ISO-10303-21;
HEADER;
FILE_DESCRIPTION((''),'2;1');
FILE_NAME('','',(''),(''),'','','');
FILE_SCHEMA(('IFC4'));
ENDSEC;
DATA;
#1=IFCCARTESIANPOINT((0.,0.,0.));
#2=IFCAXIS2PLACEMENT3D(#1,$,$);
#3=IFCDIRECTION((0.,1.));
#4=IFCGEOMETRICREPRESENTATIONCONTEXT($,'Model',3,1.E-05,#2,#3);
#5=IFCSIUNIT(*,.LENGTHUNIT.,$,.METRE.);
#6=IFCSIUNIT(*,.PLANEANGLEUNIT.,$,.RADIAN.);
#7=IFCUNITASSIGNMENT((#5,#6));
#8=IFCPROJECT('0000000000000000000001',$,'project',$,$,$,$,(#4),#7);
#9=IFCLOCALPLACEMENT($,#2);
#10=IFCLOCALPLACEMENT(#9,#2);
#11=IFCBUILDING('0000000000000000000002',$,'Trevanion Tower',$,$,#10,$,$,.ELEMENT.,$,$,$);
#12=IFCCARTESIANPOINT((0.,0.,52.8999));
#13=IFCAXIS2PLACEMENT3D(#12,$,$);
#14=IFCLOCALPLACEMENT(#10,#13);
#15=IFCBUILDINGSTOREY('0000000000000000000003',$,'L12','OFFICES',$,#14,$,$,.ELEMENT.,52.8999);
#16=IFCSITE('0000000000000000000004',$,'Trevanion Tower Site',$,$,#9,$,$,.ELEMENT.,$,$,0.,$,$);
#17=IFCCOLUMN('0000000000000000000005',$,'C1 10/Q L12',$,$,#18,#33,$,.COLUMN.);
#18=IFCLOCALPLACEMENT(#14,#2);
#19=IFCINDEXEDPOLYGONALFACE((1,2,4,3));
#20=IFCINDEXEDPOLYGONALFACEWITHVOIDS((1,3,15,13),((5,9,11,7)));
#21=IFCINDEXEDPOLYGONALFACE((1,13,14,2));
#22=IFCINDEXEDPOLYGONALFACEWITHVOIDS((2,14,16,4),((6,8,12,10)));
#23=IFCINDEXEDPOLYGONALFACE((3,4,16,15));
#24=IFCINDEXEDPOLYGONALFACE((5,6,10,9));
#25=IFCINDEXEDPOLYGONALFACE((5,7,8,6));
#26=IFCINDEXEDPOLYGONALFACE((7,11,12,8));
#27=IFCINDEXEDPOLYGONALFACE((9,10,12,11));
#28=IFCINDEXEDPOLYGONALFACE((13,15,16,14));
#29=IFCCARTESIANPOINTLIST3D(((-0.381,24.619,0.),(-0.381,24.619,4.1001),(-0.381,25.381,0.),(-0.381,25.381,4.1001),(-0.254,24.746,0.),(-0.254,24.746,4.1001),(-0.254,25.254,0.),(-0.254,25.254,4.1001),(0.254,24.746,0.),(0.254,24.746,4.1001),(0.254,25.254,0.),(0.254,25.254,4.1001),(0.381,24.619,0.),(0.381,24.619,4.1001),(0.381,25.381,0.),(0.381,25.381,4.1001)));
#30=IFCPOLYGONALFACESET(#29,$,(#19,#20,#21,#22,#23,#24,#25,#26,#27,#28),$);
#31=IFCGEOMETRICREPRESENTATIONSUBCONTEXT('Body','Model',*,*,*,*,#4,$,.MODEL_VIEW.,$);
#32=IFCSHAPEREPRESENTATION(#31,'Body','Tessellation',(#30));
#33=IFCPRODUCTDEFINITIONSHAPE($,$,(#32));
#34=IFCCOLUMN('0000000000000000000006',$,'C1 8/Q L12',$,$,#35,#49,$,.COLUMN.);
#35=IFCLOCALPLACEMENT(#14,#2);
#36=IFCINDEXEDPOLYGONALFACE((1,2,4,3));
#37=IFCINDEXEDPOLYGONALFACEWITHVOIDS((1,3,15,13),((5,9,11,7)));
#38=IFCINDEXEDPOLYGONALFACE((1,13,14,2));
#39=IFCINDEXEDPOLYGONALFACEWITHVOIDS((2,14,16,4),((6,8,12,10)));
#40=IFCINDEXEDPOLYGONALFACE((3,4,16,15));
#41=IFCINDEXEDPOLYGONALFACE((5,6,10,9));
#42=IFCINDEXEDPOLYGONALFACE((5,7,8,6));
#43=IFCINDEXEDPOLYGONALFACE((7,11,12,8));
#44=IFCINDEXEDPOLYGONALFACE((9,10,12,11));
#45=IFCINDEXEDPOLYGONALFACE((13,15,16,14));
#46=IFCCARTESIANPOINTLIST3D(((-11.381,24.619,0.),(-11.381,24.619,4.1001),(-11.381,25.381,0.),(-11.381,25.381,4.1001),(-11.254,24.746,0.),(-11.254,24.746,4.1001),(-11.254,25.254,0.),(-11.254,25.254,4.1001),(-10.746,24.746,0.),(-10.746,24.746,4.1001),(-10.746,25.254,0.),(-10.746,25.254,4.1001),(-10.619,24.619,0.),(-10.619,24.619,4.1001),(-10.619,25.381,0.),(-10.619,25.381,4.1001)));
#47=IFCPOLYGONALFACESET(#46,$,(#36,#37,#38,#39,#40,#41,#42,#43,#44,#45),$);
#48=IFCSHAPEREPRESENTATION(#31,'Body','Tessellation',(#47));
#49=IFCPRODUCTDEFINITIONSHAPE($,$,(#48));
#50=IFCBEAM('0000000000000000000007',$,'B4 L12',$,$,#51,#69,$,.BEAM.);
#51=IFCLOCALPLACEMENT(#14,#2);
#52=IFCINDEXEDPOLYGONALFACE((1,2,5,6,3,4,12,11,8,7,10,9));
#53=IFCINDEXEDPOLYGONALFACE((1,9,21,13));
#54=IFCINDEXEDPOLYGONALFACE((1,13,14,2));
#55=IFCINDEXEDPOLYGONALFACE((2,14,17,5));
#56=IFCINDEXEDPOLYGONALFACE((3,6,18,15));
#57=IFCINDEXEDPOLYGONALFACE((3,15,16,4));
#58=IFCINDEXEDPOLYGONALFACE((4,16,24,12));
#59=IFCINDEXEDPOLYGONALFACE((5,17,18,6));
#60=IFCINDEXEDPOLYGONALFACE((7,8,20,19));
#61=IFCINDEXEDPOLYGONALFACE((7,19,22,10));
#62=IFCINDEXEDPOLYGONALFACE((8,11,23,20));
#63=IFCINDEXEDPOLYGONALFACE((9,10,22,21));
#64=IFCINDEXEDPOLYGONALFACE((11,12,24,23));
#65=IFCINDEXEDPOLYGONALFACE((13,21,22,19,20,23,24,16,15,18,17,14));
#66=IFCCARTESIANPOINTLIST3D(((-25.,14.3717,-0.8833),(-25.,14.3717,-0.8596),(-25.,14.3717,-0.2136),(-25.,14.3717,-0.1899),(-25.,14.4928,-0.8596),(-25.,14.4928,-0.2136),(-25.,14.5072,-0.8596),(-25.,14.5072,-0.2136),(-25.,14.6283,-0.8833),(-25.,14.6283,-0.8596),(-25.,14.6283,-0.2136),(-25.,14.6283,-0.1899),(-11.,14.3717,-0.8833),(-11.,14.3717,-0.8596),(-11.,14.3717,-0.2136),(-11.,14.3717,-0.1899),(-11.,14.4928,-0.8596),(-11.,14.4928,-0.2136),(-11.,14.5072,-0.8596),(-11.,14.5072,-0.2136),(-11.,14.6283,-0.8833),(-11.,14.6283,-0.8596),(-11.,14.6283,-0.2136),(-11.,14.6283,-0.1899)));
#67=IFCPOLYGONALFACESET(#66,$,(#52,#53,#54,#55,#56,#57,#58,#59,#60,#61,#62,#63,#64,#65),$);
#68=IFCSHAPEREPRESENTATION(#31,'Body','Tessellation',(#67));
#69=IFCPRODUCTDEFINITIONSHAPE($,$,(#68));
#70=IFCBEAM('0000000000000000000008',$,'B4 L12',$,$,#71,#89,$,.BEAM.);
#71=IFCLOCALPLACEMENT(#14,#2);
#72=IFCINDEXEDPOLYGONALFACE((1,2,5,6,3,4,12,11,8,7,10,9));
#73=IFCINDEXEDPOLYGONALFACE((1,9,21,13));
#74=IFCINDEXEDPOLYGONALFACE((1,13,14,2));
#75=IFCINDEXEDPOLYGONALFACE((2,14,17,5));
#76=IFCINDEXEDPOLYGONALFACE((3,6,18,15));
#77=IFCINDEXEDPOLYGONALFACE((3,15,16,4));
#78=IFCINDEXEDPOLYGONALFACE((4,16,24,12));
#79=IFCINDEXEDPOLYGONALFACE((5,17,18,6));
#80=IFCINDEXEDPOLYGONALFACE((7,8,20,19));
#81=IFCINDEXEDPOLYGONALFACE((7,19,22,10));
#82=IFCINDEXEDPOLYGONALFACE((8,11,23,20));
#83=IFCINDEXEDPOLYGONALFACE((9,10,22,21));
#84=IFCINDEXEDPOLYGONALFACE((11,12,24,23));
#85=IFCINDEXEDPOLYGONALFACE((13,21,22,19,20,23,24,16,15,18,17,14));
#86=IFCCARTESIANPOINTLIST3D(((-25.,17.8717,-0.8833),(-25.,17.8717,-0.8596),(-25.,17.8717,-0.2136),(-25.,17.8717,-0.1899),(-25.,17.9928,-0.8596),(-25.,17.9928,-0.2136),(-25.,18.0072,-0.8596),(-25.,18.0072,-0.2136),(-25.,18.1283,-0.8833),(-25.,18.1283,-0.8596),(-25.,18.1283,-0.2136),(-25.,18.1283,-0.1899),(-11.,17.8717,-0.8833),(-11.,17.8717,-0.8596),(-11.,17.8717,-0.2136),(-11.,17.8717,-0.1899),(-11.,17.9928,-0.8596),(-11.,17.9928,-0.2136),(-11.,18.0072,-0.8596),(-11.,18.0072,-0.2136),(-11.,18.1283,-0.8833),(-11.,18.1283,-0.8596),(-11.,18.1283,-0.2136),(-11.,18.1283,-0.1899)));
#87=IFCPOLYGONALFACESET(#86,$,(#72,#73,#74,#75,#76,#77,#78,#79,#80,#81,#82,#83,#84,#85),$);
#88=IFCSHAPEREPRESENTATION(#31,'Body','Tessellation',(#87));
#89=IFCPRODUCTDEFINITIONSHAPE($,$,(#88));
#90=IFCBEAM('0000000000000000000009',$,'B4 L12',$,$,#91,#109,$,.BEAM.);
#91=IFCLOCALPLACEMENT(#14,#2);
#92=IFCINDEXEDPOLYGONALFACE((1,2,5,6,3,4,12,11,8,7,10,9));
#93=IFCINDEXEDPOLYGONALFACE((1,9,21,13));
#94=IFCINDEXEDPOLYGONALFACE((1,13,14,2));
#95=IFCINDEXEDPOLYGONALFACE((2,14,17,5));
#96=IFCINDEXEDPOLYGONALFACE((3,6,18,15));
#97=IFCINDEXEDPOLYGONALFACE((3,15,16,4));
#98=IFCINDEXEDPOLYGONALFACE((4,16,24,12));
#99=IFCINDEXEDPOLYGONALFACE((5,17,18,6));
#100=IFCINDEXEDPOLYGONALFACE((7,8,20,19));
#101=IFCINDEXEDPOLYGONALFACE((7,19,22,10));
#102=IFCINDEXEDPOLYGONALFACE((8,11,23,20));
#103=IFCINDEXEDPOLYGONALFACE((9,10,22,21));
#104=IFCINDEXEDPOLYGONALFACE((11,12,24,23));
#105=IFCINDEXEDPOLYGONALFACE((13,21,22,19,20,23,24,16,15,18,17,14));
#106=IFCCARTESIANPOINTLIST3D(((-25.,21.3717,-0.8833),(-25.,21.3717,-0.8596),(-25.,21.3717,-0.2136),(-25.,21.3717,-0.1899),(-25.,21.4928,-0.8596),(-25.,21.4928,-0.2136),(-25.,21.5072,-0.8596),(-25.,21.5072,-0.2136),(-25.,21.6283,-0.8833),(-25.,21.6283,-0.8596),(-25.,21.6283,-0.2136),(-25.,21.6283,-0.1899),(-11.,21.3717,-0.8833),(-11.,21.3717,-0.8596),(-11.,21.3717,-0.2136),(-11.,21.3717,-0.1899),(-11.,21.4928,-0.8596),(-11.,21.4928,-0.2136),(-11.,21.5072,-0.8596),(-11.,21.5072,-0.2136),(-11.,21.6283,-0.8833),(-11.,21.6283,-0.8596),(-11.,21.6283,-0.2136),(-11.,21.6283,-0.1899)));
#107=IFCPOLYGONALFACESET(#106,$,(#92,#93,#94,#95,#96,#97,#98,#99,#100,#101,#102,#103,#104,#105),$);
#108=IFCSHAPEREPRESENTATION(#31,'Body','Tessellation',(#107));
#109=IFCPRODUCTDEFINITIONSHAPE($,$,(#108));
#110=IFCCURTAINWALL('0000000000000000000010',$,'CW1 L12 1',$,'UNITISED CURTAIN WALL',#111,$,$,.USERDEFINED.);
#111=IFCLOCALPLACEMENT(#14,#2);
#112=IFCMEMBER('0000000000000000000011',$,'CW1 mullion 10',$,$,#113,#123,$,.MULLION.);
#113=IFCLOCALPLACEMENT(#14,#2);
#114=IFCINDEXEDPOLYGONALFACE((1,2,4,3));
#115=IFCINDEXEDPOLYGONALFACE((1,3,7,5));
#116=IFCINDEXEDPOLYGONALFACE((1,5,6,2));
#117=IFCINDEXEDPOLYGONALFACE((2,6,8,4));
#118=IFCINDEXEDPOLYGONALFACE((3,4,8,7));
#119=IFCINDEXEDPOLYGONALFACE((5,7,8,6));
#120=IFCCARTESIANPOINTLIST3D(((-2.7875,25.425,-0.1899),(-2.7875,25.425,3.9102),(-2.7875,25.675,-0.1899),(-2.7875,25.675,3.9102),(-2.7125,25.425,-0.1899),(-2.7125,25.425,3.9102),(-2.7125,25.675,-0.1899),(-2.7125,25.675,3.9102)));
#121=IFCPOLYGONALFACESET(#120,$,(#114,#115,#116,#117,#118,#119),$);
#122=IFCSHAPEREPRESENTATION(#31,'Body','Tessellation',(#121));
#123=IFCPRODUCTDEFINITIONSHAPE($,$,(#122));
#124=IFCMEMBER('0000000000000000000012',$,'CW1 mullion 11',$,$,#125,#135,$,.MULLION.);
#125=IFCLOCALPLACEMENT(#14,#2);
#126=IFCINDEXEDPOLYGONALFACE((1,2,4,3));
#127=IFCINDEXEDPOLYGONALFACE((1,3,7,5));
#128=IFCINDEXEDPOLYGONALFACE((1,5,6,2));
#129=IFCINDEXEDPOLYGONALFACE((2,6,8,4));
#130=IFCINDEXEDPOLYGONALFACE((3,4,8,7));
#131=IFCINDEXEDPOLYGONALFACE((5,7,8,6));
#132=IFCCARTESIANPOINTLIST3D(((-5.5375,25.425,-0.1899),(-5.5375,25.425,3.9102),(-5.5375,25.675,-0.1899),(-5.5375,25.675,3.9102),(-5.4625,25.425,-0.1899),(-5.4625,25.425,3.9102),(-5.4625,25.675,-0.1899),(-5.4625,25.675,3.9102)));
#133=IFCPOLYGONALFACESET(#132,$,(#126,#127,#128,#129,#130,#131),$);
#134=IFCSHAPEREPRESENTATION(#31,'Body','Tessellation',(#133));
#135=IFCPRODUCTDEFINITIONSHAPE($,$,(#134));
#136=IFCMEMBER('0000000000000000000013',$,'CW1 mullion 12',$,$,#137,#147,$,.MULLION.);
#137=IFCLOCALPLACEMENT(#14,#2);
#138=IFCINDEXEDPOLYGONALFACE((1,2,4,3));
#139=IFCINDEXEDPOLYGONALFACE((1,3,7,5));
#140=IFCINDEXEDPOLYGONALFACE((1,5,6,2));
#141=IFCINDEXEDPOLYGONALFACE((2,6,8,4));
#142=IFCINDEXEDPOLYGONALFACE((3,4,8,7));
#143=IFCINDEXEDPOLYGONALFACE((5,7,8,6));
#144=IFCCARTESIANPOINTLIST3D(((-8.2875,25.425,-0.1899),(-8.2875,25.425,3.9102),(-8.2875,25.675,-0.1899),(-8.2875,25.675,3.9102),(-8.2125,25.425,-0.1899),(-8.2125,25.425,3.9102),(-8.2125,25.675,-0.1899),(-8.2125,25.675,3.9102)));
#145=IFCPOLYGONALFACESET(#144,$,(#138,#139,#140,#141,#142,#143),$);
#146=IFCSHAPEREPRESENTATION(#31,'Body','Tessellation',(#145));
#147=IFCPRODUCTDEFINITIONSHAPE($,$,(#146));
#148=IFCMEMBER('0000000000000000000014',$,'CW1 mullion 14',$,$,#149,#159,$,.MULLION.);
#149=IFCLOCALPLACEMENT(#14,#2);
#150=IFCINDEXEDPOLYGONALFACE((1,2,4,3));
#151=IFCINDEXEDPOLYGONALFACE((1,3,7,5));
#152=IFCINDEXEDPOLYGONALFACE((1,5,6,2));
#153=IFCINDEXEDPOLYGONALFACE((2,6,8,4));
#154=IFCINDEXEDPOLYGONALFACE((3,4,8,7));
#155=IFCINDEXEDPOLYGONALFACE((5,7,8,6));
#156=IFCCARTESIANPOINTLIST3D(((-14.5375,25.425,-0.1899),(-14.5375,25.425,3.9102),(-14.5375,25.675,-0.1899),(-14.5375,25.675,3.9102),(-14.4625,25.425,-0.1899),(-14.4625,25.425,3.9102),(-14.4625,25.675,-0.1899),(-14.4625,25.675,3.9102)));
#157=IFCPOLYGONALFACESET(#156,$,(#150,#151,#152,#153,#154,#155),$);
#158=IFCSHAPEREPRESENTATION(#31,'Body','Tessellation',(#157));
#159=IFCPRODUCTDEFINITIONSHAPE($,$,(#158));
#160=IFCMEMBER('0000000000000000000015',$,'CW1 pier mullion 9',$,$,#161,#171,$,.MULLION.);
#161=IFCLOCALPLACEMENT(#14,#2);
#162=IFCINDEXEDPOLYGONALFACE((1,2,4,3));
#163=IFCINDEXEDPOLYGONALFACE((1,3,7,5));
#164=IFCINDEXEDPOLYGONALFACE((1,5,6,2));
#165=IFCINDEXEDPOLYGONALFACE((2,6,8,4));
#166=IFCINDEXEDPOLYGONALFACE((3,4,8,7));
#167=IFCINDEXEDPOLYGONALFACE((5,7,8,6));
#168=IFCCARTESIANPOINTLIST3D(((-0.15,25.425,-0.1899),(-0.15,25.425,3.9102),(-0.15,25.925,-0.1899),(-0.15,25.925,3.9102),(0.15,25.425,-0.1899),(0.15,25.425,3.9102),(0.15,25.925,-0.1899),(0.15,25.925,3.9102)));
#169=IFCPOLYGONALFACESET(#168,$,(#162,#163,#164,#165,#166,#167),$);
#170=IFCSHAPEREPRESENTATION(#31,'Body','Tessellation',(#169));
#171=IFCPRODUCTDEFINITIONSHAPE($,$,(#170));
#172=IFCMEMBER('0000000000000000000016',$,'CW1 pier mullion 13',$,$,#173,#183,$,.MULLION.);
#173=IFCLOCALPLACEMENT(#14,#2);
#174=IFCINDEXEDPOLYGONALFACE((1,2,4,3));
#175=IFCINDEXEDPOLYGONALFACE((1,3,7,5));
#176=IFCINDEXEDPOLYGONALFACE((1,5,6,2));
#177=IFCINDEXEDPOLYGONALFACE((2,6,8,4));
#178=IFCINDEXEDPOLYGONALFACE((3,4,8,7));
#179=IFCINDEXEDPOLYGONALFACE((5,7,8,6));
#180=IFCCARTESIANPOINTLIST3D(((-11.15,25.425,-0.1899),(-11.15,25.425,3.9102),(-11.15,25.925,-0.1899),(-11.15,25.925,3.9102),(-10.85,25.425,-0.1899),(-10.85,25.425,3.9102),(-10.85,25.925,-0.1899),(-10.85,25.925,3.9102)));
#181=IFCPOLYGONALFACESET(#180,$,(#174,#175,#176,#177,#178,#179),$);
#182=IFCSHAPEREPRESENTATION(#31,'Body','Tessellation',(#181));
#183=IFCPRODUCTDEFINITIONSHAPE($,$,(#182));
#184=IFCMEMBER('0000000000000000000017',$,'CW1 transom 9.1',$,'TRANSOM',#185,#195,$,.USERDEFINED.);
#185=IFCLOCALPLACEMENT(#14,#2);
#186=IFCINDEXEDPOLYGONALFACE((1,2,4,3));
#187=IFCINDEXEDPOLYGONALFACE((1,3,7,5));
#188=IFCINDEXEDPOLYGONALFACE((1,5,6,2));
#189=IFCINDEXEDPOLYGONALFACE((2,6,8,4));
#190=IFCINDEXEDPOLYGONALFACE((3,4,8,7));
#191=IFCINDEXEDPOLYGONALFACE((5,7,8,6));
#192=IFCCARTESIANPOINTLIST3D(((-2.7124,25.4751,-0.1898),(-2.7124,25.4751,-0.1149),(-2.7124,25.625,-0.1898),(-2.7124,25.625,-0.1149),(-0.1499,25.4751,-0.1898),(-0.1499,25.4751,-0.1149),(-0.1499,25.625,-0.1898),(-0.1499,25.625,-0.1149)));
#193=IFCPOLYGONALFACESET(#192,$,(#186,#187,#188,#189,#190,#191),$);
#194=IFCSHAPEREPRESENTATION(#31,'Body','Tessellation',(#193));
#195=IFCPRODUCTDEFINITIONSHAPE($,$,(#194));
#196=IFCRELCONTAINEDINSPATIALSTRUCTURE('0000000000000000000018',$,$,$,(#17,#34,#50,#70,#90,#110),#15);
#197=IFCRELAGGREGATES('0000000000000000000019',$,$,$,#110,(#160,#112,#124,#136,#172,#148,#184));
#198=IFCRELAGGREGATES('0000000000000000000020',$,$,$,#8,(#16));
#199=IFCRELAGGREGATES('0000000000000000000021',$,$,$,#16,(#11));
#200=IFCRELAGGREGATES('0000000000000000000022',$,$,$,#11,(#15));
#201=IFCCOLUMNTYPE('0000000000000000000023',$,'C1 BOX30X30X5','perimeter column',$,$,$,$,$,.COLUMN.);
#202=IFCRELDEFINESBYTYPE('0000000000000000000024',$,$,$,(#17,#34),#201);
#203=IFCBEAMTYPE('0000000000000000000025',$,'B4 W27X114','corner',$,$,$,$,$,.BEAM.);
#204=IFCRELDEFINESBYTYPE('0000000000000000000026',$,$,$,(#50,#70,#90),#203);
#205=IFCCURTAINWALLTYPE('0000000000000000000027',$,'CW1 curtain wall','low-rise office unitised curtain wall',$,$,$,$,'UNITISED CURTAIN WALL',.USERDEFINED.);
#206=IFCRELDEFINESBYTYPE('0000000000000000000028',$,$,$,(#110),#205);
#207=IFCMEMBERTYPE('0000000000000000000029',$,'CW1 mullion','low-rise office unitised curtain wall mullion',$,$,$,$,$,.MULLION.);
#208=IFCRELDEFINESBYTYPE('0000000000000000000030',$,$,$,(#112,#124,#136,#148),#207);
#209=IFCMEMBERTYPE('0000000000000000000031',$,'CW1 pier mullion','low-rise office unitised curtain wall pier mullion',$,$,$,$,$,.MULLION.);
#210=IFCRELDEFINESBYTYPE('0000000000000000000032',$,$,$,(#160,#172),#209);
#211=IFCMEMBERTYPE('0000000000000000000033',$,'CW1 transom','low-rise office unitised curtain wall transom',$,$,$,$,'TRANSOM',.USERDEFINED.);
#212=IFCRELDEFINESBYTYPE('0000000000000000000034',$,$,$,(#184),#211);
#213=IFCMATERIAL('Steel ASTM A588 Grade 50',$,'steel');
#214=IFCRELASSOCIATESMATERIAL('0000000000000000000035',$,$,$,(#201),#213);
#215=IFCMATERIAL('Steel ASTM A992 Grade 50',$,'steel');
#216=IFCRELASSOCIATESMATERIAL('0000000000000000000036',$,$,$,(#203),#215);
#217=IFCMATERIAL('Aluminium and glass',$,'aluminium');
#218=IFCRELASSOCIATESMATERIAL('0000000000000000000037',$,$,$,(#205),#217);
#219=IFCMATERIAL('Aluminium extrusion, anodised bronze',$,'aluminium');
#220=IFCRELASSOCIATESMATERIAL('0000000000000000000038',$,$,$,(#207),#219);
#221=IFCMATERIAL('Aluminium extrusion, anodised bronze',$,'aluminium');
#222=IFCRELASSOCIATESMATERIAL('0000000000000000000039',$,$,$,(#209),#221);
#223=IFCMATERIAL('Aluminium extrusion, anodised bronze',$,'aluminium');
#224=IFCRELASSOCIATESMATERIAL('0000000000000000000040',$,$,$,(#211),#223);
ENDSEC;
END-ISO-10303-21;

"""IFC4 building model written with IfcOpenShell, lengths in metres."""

from ifc_helpers import new_model, si_unit, direction, frame, origin, origin_2d, place, context, subcontext, project, spatial, rectangle, hollow_rectangle, i_section, extrude, material, material_profile, profile_set, type_object, element, aggregate, save


model = new_model("IFC4")

# Units and contexts
model_context = context("Model", 3, precision=1e-05, world=origin(), true_north=direction((0.0, 1.0)))
body_context = subcontext(model_context, "Body", "Model", "MODEL_VIEW")
ifc_project = project(units=[si_unit("LENGTHUNIT", "METRE"), si_unit("PLANEANGLEUNIT", "RADIAN")], contexts=[model_context])

# Site, building, storey
site_placement = place(None, origin())
site = spatial("IfcSite", under=ifc_project, at=site_placement, Name="Trevanion Tower Site", CompositionType="ELEMENT", RefElevation=0.0)
building_placement = place(site_placement, origin())
building = spatial("IfcBuilding", under=site, at=building_placement, Name="Trevanion Tower", CompositionType="ELEMENT")
storey_placement = place(building_placement, frame((0.0, 0.0, 52.8999)))
storey = spatial("IfcBuildingStorey", under=building, at=storey_placement, Name="L12", Description="OFFICES", CompositionType="ELEMENT", Elevation=52.8999)

# Columns
ifc_material_1 = material(Name="Steel ASTM A588 Grade 50", Category="steel")
ifc_material_profile_1 = material_profile(ifc_material_1, hollow_rectangle(XDim=0.762, YDim=0.762, WallThickness=0.127, at=origin_2d()), Name="BOX30X30X5")
ifc_profile_set_1 = profile_set([ifc_material_profile_1], Name="Steel ASTM A588 Grade 50")
column_type = type_object("IfcColumnType", Name="C1 BOX30X30X5", Description="perimeter column", PredefinedType="COLUMN", material=ifc_profile_set_1)
for number, where, z_axis, x_axis, name in (
    (1, (0.0, 25.0, 0.0), (0.0, 0.0, 1.0), (1.0, 0.0, 0.0), "C1 10/Q L12"),
    (2, (-11.0, 25.0, 0.0), (0.0, 0.0, 1.0), (1.0, 0.0, 0.0), "C1 8/Q L12"),
):
    element("IfcColumn", number, at=place(storey_placement, frame(where, z_axis=z_axis, x_axis=x_axis)), inside=storey, type_object=column_type, Name=name, PredefinedType="COLUMN", context=body_context, shape_type="SweptSolid", body=[
        extrude(hollow_rectangle(XDim=0.762, YDim=0.762, WallThickness=0.127, at=origin_2d()), origin(), (0.0, 0.0, 1.0), 4.1001),
    ])

# Beams
ifc_material_2 = material(Name="Steel ASTM A992 Grade 50", Category="steel")
ifc_material_profile_2 = material_profile(ifc_material_2, i_section(OverallWidth=0.2566, OverallDepth=0.6934, WebThickness=0.0144, FlangeThickness=0.0237, at=origin_2d()), Name="W27X114")
ifc_profile_set_2 = profile_set([ifc_material_profile_2], Name="Steel ASTM A992 Grade 50")
beam_type_1 = type_object("IfcBeamType", Name="B4 W27X114", Description="corner", PredefinedType="BEAM", material=ifc_profile_set_2)
for number, where, z_axis, x_axis, name in (
    (3, (-11.0, 14.5, -0.5366), (-1.0, 0.0, 0.0), (0.0, -1.0, 0.0), "B4 L12"),
    (4, (-11.0, 18.0, -0.5366), (-1.0, 0.0, 0.0), (0.0, -1.0, 0.0), "B4 L12"),
    (5, (-11.0, 21.5, -0.5366), (-1.0, 0.0, 0.0), (0.0, -1.0, 0.0), "B4 L12"),
):
    element("IfcBeam", number, at=place(storey_placement, frame(where, z_axis=z_axis, x_axis=x_axis)), inside=storey, type_object=beam_type_1, Name=name, PredefinedType="BEAM", context=body_context, shape_type="SweptSolid", body=[
        extrude(i_section(OverallWidth=0.2566, OverallDepth=0.6934, WebThickness=0.0144, FlangeThickness=0.0237, at=origin_2d()), origin(), (0.0, 0.0, 1.0), 14.0),
    ])

# Curtain wall, members
ifc_material_3 = material(Name="Aluminium and glass", Category="aluminium")
curtain_wall_type = type_object("IfcCurtainWallType", Name="CW1 curtain wall", Description="low-rise office unitised curtain wall", ElementType="UNITISED CURTAIN WALL", PredefinedType="USERDEFINED", material=ifc_material_3)
curtain_wall_placement = place(storey_placement, origin())
curtain_wall = element("IfcCurtainWall", 6, at=curtain_wall_placement, inside=storey, type_object=curtain_wall_type, Name="CW1 L12 1", ObjectType="UNITISED CURTAIN WALL", PredefinedType="USERDEFINED")
ifc_material_4 = material(Name="Aluminium extrusion, anodised bronze", Category="aluminium")
ifc_material_profile_3 = material_profile(ifc_material_4, rectangle(XDim=0.075, YDim=0.25, at=origin_2d()), Name="CW1 mullion")
ifc_profile_set_3 = profile_set([ifc_material_profile_3], Name="Aluminium extrusion, anodised bronze")
member_type_1 = type_object("IfcMemberType", Name="CW1 mullion", Description="low-rise office unitised curtain wall mullion", PredefinedType="MULLION", material=ifc_profile_set_3)
member_1_placement = place(storey_placement, frame((-2.75, 25.55, -0.1899), z_axis=(0.0, 0.0, 1.0), x_axis=(-1.0, 0.0, 0.0)))
member_1 = element("IfcMember", 7, at=member_1_placement, type_object=member_type_1, Name="CW1 mullion 10", PredefinedType="MULLION", context=body_context, shape_type="SweptSolid", body=[
    extrude(rectangle(XDim=0.075, YDim=0.25, at=origin_2d()), origin(), (0.0, 0.0, 1.0), 4.1001),
])
member_2_placement = place(storey_placement, frame((-5.5, 25.55, -0.1899), z_axis=(0.0, 0.0, 1.0), x_axis=(-1.0, 0.0, 0.0)))
member_2 = element("IfcMember", 8, at=member_2_placement, type_object=member_type_1, Name="CW1 mullion 11", PredefinedType="MULLION", context=body_context, shape_type="SweptSolid", body=[
    extrude(rectangle(XDim=0.075, YDim=0.25, at=origin_2d()), origin(), (0.0, 0.0, 1.0), 4.1001),
])
member_3_placement = place(storey_placement, frame((-8.25, 25.55, -0.1899), z_axis=(0.0, 0.0, 1.0), x_axis=(-1.0, 0.0, 0.0)))
member_3 = element("IfcMember", 9, at=member_3_placement, type_object=member_type_1, Name="CW1 mullion 12", PredefinedType="MULLION", context=body_context, shape_type="SweptSolid", body=[
    extrude(rectangle(XDim=0.075, YDim=0.25, at=origin_2d()), origin(), (0.0, 0.0, 1.0), 4.1001),
])
member_4_placement = place(storey_placement, frame((-14.5, 25.55, -0.1899), z_axis=(0.0, 0.0, 1.0), x_axis=(-1.0, 0.0, 0.0)))
member_4 = element("IfcMember", 10, at=member_4_placement, type_object=member_type_1, Name="CW1 mullion 14", PredefinedType="MULLION", context=body_context, shape_type="SweptSolid", body=[
    extrude(rectangle(XDim=0.075, YDim=0.25, at=origin_2d()), origin(), (0.0, 0.0, 1.0), 4.1001),
])
ifc_material_5 = material(Name="Aluminium extrusion, anodised bronze", Category="aluminium")
ifc_material_profile_4 = material_profile(ifc_material_5, rectangle(XDim=0.3, YDim=0.5, at=origin_2d()), Name="CW1 pier mullion")
ifc_profile_set_4 = profile_set([ifc_material_profile_4], Name="Aluminium extrusion, anodised bronze")
member_type_2 = type_object("IfcMemberType", Name="CW1 pier mullion", Description="low-rise office unitised curtain wall pier mullion", PredefinedType="MULLION", material=ifc_profile_set_4)
member_5_placement = place(storey_placement, frame((0.0, 25.675, -0.1899), z_axis=(0.0, 0.0, 1.0), x_axis=(-1.0, 0.0, 0.0)))
member_5 = element("IfcMember", 11, at=member_5_placement, type_object=member_type_2, Name="CW1 pier mullion 9", PredefinedType="MULLION", context=body_context, shape_type="SweptSolid", body=[
    extrude(rectangle(XDim=0.3, YDim=0.5, at=origin_2d()), origin(), (0.0, 0.0, 1.0), 4.1001),
])
member_6_placement = place(storey_placement, frame((-11.0, 25.675, -0.1899), z_axis=(0.0, 0.0, 1.0), x_axis=(-1.0, 0.0, 0.0)))
member_6 = element("IfcMember", 12, at=member_6_placement, type_object=member_type_2, Name="CW1 pier mullion 13", PredefinedType="MULLION", context=body_context, shape_type="SweptSolid", body=[
    extrude(rectangle(XDim=0.3, YDim=0.5, at=origin_2d()), origin(), (0.0, 0.0, 1.0), 4.1001),
])
ifc_material_6 = material(Name="Aluminium extrusion, anodised bronze", Category="aluminium")
ifc_material_profile_5 = material_profile(ifc_material_6, rectangle(XDim=0.1499, YDim=0.075, at=origin_2d()), Name="CW1 transom")
ifc_profile_set_5 = profile_set([ifc_material_profile_5], Name="Aluminium extrusion, anodised bronze")
member_type_3 = type_object("IfcMemberType", Name="CW1 transom", Description="low-rise office unitised curtain wall transom", ElementType="TRANSOM", PredefinedType="USERDEFINED", material=ifc_profile_set_5)
member_7_placement = place(storey_placement, frame((-0.1499, 25.55, -0.1523), z_axis=(-1.0, 0.0, 0.0), x_axis=(0.0, -1.0, 0.0)))
member_7 = element("IfcMember", 13, at=member_7_placement, type_object=member_type_3, Name="CW1 transom 9.1", ObjectType="TRANSOM", PredefinedType="USERDEFINED", context=body_context, shape_type="SweptSolid", body=[
    extrude(rectangle(XDim=0.1499, YDim=0.075, at=origin_2d()), origin(), (0.0, 0.0, 1.0), 2.5625),
])

aggregate(curtain_wall, [member_5, member_1, member_2, member_3, member_6, member_4, member_7])

save(model, "model.ifc")
